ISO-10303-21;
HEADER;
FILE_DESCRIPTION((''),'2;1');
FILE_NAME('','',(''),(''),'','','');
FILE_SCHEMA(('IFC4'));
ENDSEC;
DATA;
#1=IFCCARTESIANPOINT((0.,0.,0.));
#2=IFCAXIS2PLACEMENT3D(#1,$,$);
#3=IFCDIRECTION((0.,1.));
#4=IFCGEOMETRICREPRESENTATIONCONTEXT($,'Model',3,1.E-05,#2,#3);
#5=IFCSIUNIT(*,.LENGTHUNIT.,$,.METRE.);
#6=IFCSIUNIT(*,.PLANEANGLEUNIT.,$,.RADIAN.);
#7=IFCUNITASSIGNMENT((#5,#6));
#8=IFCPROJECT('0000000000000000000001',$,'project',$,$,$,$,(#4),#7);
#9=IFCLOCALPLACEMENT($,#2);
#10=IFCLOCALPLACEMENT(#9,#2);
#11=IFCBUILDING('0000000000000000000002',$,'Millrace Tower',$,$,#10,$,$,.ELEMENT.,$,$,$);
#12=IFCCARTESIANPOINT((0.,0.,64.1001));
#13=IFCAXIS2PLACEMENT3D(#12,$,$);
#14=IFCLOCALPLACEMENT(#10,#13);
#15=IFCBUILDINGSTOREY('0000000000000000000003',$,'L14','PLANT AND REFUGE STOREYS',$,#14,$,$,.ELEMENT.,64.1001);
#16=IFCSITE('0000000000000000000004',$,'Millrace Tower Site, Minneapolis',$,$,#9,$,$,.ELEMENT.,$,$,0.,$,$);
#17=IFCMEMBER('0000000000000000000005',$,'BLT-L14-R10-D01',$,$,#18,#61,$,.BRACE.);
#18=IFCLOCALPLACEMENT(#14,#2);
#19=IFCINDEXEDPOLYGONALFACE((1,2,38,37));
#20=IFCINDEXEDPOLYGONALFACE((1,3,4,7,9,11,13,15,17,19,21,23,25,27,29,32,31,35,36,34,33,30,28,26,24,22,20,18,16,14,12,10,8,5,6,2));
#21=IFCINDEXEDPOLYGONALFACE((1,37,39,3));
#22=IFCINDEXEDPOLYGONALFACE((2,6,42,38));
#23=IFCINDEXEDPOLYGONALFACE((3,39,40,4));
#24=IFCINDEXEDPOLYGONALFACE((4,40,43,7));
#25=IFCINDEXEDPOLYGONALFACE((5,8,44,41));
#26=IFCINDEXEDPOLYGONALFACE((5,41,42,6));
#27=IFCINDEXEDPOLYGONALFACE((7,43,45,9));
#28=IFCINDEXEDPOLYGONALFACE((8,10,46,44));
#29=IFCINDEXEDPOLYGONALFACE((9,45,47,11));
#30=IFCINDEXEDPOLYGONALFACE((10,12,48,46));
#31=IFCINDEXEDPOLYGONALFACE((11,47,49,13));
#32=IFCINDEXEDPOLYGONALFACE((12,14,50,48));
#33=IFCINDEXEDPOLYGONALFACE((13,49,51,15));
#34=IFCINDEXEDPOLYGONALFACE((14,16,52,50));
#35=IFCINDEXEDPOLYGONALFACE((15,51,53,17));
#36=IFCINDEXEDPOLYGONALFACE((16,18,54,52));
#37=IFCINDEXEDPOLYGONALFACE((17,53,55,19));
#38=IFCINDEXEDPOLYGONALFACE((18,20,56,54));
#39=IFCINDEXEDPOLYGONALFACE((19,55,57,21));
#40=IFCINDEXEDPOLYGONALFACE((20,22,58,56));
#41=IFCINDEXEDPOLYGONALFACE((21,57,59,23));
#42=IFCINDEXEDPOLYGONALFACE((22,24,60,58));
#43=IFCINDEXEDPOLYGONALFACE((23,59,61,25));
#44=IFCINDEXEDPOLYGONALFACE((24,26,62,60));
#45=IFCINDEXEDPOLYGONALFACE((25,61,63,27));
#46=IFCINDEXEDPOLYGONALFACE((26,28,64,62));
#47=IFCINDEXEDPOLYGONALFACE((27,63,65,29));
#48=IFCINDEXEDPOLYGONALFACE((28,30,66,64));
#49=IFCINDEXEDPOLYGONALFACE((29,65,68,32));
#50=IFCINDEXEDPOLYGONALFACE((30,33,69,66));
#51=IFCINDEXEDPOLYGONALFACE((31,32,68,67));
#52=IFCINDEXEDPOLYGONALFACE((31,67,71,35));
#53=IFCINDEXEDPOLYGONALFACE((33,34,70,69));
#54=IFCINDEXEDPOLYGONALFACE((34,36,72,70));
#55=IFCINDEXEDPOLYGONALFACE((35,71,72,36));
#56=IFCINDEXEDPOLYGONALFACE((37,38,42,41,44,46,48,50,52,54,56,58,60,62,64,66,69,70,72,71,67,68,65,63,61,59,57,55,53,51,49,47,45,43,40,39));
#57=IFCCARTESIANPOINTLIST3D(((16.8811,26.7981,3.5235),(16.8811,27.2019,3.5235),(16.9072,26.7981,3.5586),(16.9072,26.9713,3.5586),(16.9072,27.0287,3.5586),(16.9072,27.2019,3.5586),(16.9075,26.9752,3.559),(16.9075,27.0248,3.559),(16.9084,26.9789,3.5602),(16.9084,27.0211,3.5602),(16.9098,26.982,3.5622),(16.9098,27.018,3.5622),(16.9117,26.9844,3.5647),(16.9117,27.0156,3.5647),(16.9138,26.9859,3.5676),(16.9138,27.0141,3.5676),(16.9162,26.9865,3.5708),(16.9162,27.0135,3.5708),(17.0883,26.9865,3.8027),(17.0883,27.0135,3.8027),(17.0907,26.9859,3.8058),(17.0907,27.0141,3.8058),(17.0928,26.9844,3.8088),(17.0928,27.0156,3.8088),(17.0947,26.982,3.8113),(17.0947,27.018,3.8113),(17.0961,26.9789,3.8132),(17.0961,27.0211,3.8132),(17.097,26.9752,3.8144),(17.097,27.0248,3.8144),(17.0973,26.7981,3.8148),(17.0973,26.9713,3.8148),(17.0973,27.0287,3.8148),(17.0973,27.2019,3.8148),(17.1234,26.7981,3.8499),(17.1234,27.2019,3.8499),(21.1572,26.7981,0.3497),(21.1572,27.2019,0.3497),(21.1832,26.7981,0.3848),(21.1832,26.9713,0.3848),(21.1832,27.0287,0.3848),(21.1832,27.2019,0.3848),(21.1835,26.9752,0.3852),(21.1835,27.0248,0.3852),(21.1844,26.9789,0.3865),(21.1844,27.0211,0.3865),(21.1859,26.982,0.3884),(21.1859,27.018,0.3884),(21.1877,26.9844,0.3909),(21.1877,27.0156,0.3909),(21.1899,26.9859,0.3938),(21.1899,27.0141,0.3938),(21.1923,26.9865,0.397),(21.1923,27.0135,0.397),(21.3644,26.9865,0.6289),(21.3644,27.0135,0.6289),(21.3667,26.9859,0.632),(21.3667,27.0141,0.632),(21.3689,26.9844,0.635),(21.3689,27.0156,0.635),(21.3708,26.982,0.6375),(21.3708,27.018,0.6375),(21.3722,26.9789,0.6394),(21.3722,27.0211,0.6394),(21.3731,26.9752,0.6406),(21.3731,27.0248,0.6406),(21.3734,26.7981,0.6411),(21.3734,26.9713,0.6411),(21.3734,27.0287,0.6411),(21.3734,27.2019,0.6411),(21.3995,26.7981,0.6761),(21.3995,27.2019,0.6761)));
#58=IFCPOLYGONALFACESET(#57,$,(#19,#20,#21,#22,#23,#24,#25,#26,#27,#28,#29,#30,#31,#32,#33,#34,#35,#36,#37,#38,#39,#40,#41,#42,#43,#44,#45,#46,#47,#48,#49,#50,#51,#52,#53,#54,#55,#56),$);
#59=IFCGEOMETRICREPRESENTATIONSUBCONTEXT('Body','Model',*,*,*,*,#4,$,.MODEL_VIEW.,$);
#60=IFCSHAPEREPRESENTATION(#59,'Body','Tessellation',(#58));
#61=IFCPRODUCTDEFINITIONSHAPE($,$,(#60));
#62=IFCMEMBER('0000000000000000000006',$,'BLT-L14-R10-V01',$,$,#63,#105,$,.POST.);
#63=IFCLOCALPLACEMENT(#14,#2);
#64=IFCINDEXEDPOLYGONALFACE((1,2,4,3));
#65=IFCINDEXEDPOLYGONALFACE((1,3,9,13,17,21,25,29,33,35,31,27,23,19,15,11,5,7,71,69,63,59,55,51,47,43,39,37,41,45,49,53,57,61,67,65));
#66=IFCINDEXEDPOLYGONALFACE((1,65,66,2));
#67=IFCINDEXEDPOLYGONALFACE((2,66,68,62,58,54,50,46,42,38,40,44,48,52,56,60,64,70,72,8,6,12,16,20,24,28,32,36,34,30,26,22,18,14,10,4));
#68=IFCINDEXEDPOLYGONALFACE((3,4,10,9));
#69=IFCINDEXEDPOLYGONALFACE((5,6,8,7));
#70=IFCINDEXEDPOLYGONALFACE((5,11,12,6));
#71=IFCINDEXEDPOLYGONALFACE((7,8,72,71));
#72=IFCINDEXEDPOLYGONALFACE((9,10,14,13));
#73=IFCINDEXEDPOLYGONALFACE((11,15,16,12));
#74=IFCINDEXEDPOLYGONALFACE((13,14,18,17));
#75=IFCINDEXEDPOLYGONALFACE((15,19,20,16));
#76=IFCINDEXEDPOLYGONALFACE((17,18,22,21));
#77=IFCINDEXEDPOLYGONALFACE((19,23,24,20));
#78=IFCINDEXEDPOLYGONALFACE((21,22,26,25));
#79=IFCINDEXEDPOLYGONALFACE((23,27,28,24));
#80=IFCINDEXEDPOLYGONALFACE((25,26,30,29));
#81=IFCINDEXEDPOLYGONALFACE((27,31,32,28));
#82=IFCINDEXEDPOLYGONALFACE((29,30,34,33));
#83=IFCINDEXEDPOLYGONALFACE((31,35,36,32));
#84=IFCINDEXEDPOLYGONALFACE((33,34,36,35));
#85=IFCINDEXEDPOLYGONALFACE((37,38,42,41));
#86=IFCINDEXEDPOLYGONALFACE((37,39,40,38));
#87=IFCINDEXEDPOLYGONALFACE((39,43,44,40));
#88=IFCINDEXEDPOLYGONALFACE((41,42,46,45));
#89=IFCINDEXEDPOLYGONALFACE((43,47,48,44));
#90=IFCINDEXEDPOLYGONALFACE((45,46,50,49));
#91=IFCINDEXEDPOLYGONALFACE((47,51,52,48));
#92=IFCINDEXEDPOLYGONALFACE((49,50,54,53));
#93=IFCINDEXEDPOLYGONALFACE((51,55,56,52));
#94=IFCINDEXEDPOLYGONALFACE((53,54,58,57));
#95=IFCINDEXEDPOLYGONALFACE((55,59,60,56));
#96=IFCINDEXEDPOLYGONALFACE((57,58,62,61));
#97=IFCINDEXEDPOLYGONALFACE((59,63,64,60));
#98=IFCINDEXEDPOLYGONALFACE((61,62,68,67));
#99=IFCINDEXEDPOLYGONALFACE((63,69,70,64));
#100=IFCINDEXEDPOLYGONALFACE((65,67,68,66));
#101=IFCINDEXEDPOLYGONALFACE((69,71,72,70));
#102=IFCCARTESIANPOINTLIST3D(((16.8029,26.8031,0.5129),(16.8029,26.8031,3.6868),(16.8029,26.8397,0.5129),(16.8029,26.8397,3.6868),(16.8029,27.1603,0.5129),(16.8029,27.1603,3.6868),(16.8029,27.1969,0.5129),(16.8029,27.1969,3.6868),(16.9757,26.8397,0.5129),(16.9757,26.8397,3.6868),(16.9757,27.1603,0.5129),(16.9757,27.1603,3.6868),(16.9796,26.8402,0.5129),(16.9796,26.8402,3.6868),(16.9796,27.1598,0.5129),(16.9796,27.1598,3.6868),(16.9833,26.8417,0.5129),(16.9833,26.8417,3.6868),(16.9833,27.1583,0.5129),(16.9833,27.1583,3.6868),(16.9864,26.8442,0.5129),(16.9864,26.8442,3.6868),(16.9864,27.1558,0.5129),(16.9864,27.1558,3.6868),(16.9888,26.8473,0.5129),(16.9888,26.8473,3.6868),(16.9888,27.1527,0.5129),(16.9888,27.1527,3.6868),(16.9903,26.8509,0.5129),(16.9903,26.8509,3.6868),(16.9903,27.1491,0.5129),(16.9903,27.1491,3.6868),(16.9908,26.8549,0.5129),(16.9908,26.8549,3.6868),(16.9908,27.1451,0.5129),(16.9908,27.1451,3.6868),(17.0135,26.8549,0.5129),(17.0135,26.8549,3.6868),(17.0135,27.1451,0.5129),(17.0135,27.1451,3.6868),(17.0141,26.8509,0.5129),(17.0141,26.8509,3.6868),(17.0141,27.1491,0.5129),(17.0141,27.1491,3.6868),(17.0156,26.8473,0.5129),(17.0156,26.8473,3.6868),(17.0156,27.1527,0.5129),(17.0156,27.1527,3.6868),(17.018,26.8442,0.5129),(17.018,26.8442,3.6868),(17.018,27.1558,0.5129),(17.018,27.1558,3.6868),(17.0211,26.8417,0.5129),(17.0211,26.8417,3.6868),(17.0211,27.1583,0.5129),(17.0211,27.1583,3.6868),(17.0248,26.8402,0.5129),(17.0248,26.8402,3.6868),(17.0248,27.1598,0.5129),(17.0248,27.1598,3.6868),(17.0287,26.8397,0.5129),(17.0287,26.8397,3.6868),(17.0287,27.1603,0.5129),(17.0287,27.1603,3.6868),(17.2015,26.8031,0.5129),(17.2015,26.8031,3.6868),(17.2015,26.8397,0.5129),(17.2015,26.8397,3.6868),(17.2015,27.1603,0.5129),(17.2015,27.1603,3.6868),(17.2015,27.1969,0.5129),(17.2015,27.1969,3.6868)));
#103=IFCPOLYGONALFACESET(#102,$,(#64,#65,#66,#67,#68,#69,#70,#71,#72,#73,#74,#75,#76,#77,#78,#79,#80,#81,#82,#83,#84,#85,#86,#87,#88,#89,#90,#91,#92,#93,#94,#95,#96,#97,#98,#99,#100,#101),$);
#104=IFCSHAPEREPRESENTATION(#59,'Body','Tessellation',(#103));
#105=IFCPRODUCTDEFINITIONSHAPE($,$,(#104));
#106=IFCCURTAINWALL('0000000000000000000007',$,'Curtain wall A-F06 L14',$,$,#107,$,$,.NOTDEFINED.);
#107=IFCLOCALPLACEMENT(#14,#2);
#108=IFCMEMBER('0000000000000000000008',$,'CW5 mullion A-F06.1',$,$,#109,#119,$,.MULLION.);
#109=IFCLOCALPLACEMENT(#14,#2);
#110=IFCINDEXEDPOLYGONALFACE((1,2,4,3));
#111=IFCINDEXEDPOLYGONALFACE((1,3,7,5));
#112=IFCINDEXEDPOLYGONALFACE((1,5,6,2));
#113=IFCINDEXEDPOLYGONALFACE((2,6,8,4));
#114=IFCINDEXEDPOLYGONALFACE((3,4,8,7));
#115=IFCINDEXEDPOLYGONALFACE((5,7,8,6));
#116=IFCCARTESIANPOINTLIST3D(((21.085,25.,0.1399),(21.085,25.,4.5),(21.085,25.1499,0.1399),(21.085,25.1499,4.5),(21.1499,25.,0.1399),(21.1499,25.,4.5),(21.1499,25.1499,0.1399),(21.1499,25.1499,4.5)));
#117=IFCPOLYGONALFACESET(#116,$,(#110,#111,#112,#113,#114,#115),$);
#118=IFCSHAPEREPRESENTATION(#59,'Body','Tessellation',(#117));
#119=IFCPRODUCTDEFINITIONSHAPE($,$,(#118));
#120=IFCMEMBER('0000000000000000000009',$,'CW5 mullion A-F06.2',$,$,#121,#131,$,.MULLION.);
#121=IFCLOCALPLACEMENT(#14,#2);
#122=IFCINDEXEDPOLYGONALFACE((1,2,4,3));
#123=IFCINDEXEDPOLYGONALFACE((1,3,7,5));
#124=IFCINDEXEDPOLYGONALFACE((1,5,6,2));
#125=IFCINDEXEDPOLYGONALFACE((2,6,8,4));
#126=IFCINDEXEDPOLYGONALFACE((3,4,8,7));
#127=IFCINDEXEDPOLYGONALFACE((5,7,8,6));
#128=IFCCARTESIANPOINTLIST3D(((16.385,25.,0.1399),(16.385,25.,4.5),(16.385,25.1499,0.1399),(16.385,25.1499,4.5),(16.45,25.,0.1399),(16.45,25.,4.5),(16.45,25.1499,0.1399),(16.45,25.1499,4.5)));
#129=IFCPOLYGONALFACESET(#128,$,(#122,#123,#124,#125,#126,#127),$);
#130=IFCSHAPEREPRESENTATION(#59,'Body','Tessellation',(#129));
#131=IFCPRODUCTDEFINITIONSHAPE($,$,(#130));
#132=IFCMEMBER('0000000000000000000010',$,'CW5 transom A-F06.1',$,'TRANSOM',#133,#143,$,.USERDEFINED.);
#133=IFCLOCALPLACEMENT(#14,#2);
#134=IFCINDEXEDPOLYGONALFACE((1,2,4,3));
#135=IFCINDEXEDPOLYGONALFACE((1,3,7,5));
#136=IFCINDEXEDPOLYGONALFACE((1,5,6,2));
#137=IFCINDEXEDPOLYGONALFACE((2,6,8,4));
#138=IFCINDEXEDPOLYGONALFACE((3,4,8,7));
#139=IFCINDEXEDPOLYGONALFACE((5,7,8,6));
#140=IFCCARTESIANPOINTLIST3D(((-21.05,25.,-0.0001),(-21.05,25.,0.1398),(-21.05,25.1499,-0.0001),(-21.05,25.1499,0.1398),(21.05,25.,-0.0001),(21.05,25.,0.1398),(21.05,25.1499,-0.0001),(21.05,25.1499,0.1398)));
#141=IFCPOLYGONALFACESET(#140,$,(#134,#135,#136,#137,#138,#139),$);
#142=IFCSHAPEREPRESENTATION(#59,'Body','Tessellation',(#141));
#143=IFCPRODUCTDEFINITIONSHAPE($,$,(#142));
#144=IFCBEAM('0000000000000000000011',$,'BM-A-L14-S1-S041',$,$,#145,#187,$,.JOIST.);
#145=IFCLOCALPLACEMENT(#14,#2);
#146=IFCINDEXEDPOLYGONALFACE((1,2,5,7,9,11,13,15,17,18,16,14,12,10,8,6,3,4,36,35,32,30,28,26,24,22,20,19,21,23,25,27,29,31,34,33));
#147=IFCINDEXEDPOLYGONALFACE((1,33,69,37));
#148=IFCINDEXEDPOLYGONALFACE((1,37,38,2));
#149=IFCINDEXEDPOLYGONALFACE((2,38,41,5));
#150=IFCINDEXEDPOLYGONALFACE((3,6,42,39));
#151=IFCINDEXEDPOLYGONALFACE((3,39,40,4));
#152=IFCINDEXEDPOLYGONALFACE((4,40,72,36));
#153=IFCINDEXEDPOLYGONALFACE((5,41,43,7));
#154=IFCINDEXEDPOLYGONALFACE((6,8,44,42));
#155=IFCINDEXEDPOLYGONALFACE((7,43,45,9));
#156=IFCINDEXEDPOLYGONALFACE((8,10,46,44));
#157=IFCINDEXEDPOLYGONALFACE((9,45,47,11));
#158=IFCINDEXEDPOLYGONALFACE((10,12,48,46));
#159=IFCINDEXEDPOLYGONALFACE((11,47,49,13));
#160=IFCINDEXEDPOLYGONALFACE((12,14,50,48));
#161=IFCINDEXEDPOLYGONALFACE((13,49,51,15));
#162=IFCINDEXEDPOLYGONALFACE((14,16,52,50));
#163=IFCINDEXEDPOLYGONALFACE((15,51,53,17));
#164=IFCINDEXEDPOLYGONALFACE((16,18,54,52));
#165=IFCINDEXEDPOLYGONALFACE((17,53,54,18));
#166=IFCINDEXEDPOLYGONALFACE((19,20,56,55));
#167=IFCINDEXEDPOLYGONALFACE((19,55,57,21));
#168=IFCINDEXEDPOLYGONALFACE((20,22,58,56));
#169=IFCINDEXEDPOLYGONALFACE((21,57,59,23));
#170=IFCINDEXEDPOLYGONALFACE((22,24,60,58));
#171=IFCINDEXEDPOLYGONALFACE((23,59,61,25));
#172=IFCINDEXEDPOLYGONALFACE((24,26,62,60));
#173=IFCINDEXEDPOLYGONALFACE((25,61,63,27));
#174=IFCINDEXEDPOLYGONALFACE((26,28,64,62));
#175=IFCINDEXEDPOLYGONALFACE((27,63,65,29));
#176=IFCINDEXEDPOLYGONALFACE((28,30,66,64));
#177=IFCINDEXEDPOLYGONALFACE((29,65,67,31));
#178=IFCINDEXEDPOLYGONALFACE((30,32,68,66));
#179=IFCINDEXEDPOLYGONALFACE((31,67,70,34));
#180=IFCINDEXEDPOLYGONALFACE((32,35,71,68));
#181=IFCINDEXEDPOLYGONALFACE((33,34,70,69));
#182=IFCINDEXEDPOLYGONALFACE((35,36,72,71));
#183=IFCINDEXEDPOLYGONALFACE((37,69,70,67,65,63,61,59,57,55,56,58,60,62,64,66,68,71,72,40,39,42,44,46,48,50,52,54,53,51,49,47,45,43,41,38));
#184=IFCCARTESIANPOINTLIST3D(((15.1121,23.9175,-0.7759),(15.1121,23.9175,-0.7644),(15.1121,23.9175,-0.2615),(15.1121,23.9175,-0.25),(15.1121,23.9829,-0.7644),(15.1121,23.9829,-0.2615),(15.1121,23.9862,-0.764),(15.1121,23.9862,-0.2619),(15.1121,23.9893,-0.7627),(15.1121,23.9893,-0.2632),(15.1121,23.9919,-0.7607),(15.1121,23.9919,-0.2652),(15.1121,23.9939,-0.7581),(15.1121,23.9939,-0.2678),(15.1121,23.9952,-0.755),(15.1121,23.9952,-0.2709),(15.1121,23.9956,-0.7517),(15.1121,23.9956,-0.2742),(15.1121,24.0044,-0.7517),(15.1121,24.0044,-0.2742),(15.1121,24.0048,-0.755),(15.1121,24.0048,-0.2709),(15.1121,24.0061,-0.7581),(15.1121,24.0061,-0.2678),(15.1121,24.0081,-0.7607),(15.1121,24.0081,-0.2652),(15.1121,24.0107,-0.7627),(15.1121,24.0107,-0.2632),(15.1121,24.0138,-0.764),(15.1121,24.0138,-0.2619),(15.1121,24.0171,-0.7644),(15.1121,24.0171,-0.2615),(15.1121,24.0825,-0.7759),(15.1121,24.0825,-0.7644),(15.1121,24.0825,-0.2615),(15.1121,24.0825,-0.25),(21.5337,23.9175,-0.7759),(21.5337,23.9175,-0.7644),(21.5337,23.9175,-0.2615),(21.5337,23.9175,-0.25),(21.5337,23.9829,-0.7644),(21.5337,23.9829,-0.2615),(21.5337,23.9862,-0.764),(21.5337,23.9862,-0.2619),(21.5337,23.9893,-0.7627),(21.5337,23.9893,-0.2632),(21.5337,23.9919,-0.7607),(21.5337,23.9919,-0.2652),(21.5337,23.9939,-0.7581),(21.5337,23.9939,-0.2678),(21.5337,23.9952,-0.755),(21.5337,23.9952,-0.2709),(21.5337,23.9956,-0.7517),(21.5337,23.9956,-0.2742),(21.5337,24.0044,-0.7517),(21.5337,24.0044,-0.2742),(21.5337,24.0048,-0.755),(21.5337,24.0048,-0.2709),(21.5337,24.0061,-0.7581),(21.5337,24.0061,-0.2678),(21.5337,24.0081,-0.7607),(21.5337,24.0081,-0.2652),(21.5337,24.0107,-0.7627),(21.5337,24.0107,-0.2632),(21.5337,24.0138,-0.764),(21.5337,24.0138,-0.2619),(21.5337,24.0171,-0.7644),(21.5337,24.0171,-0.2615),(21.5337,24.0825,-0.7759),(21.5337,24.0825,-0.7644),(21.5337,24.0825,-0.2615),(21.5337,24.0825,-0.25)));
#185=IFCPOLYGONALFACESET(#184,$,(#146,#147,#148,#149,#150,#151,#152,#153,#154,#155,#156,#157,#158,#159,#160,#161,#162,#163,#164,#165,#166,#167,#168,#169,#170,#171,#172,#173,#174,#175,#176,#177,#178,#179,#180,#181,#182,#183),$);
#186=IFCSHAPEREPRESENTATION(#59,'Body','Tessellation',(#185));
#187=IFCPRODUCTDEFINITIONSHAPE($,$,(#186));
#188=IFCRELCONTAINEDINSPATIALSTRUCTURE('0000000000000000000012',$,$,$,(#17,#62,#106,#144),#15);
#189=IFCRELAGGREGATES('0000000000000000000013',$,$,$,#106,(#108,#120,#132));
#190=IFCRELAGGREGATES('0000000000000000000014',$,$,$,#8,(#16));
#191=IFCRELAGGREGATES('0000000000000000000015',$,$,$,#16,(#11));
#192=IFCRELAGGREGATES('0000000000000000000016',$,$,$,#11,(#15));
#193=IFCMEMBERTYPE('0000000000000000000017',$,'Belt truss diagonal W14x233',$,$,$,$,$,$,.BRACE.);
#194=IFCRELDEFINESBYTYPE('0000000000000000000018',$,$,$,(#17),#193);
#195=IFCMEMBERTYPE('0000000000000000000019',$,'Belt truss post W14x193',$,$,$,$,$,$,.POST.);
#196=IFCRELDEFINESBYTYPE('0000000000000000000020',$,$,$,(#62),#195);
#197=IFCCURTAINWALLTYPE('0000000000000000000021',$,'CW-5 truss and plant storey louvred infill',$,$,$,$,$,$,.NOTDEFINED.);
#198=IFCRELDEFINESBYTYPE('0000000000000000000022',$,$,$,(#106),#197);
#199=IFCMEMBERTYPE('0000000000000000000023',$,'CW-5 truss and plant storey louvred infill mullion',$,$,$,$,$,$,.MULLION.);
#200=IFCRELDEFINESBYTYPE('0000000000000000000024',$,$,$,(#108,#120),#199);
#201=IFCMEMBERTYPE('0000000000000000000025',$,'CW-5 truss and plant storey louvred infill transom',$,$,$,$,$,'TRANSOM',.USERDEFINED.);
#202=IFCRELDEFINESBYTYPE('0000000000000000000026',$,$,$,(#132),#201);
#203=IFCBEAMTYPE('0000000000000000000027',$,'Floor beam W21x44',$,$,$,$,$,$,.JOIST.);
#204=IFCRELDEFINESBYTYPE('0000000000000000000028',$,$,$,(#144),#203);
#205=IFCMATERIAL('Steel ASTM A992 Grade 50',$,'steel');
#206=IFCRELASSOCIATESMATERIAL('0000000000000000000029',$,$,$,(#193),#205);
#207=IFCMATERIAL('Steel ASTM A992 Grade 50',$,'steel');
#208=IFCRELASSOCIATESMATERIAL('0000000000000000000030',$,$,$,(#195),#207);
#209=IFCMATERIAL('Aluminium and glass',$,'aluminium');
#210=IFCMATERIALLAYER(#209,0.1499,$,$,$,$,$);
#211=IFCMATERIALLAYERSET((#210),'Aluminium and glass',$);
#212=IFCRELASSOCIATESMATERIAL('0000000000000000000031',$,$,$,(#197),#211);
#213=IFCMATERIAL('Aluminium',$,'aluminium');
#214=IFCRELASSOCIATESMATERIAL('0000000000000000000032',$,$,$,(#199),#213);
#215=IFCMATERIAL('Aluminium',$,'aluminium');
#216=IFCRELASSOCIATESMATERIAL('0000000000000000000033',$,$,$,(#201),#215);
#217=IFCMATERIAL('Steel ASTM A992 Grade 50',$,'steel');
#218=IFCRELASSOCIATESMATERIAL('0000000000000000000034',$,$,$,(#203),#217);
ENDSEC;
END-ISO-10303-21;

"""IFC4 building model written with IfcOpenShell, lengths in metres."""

from ifc_helpers import new_model, si_unit, direction, frame, origin, origin_2d, place, context, subcontext, project, spatial, rectangle, i_section, extrude, material, layer, layer_set, material_profile, profile_set, type_object, element, aggregate, save


model = new_model("IFC4")

# Units and contexts
model_context = context("Model", 3, precision=1e-05, world=origin(), true_north=direction((0.0, 1.0)))
body_context = subcontext(model_context, "Body", "Model", "MODEL_VIEW")
ifc_project = project(units=[si_unit("LENGTHUNIT", "METRE"), si_unit("PLANEANGLEUNIT", "RADIAN")], contexts=[model_context])

# Site, building, storey
site_placement = place(None, origin())
site = spatial("IfcSite", under=ifc_project, at=site_placement, Name="Millrace Tower Site, Minneapolis", CompositionType="ELEMENT", RefElevation=0.0)
building_placement = place(site_placement, origin())
building = spatial("IfcBuilding", under=site, at=building_placement, Name="Millrace Tower", CompositionType="ELEMENT")
storey_placement = place(building_placement, frame((0.0, 0.0, 64.1001)))
storey = spatial("IfcBuildingStorey", under=building, at=storey_placement, Name="L14", Description="PLANT AND REFUGE STOREYS", CompositionType="ELEMENT", Elevation=64.1001)

# Members
ifc_material_1 = material(Name="Steel ASTM A992 Grade 50", Category="steel")
ifc_material_profile_1 = material_profile(ifc_material_1, i_section(OverallWidth=0.4038, OverallDepth=0.4065, WebThickness=0.0271, FlangeThickness=0.0437, FilletRadius=0.0151, at=origin_2d()))
ifc_profile_set_1 = profile_set([ifc_material_profile_1], Name="Steel ASTM A992 Grade 50")
member_type_1 = type_object("IfcMemberType", Name="Belt truss diagonal W14x233", PredefinedType="BRACE", material=ifc_profile_set_1)
member_1_placement = place(storey_placement, frame((21.2783, 27.0, 0.5129), z_axis=(-0.802988, 0.0, 0.595995), x_axis=(0.0, -1.0, 0.0)))
element("IfcMember", 1, at=member_1_placement, inside=storey, type_object=member_type_1, Name="BLT-L14-R10-D01", PredefinedType="BRACE", context=body_context, shape_type="SweptSolid", body=[
    extrude(i_section(OverallWidth=0.4038, OverallDepth=0.4065, WebThickness=0.0271, FlangeThickness=0.0437, FilletRadius=0.0151, at=origin_2d()), origin(), (0.0, 0.0, 1.0), 5.3252),
])
ifc_material_2 = material(Name="Steel ASTM A992 Grade 50", Category="steel")
ifc_material_profile_2 = material_profile(ifc_material_2, i_section(OverallWidth=0.3987, OverallDepth=0.3938, WebThickness=0.0227, FlangeThickness=0.0366, FilletRadius=0.0151, at=origin_2d()))
ifc_profile_set_2 = profile_set([ifc_material_profile_2], Name="Steel ASTM A992 Grade 50")
member_type_2 = type_object("IfcMemberType", Name="Belt truss post W14x193", PredefinedType="POST", material=ifc_profile_set_2)
member_2_placement = place(storey_placement, frame((17.0022, 27.0, 0.5129), z_axis=(0.0, 0.0, 1.0), x_axis=(1.0, 0.0, 0.0)))
element("IfcMember", 2, at=member_2_placement, inside=storey, type_object=member_type_2, Name="BLT-L14-R10-V01", PredefinedType="POST", context=body_context, shape_type="SweptSolid", body=[
    extrude(i_section(OverallWidth=0.3987, OverallDepth=0.3938, WebThickness=0.0227, FlangeThickness=0.0366, FilletRadius=0.0151, at=origin_2d()), origin(), (0.0, 0.0, 1.0), 3.1738),
])

# Curtain wall, members
ifc_material_3 = material(Name="Aluminium and glass", Category="aluminium")
ifc_layer_1 = layer(ifc_material_3, 0.1499)
ifc_layer_set_1 = layer_set([ifc_layer_1], Name="Aluminium and glass")
curtain_wall_type = type_object("IfcCurtainWallType", Name="CW-5 truss and plant storey louvred infill", PredefinedType="NOTDEFINED", material=ifc_layer_set_1)
curtain_wall_placement = place(storey_placement, origin())
curtain_wall = element("IfcCurtainWall", 3, at=curtain_wall_placement, inside=storey, type_object=curtain_wall_type, Name="Curtain wall A-F06 L14", PredefinedType="NOTDEFINED")
ifc_material_4 = material(Name="Aluminium", Category="aluminium")
ifc_material_profile_3 = material_profile(ifc_material_4, rectangle(XDim=0.0649, YDim=0.1499, at=origin_2d()))
ifc_profile_set_3 = profile_set([ifc_material_profile_3], Name="Aluminium")
member_type_3 = type_object("IfcMemberType", Name="CW-5 truss and plant storey louvred infill mullion", PredefinedType="MULLION", material=ifc_profile_set_3)
member_3_placement = place(storey_placement, frame((21.1174, 25.075, 0.1399), z_axis=(0.0, 0.0, 1.0), x_axis=(-1.0, 0.0, 0.0)))
member_3 = element("IfcMember", 4, at=member_3_placement, type_object=member_type_3, Name="CW5 mullion A-F06.1", PredefinedType="MULLION", context=body_context, shape_type="SweptSolid", body=[
    extrude(rectangle(XDim=0.0649, YDim=0.1499, at=origin_2d()), origin(), (0.0, 0.0, 1.0), 4.3601),
])
member_4_placement = place(storey_placement, frame((16.4175, 25.075, 0.1399), z_axis=(0.0, 0.0, 1.0), x_axis=(-1.0, 0.0, 0.0)))
member_4 = element("IfcMember", 5, at=member_4_placement, type_object=member_type_3, Name="CW5 mullion A-F06.2", PredefinedType="MULLION", context=body_context, shape_type="SweptSolid", body=[
    extrude(rectangle(XDim=0.0649, YDim=0.1499, at=origin_2d()), origin(), (0.0, 0.0, 1.0), 4.3601),
])
ifc_material_5 = material(Name="Aluminium", Category="aluminium")
ifc_material_profile_4 = material_profile(ifc_material_5, rectangle(XDim=0.1499, YDim=0.1399, at=origin_2d()))
ifc_profile_set_4 = profile_set([ifc_material_profile_4], Name="Aluminium")
member_type_4 = type_object("IfcMemberType", Name="CW-5 truss and plant storey louvred infill transom", ElementType="TRANSOM", PredefinedType="USERDEFINED", material=ifc_profile_set_4)
member_5_placement = place(storey_placement, frame((21.05, 25.075, 0.0698), z_axis=(-1.0, 0.0, 0.0), x_axis=(0.0, -1.0, 0.0)))
member_5 = element("IfcMember", 6, at=member_5_placement, type_object=member_type_4, Name="CW5 transom A-F06.1", ObjectType="TRANSOM", PredefinedType="USERDEFINED", context=body_context, shape_type="SweptSolid", body=[
    extrude(rectangle(XDim=0.1499, YDim=0.1399, at=origin_2d()), origin(), (0.0, 0.0, 1.0), 42.1001),
])
aggregate(curtain_wall, [member_3, member_4, member_5])

# Beam
ifc_material_6 = material(Name="Steel ASTM A992 Grade 50", Category="steel")
ifc_material_profile_5 = material_profile(ifc_material_6, i_section(OverallWidth=0.165, OverallDepth=0.5259, WebThickness=0.0088, FlangeThickness=0.0115, FilletRadius=0.0127, at=origin_2d()))
ifc_profile_set_5 = profile_set([ifc_material_profile_5], Name="Steel ASTM A992 Grade 50")
beam_type_1 = type_object("IfcBeamType", Name="Floor beam W21x44", PredefinedType="JOIST", material=ifc_profile_set_5)
beam_1_placement = place(storey_placement, frame((15.1121, 24.0, -0.5129), z_axis=(1.0, 0.0, 0.0), x_axis=(0.0, 1.0, 0.0)))
element("IfcBeam", 7, at=beam_1_placement, inside=storey, type_object=beam_type_1, Name="BM-A-L14-S1-S041", PredefinedType="JOIST", context=body_context, shape_type="SweptSolid", body=[
    extrude(i_section(OverallWidth=0.165, OverallDepth=0.5259, WebThickness=0.0088, FlangeThickness=0.0115, FilletRadius=0.0127, at=origin_2d()), origin(), (0.0, 0.0, 1.0), 6.4216),
])

save(model, "model.ifc")
